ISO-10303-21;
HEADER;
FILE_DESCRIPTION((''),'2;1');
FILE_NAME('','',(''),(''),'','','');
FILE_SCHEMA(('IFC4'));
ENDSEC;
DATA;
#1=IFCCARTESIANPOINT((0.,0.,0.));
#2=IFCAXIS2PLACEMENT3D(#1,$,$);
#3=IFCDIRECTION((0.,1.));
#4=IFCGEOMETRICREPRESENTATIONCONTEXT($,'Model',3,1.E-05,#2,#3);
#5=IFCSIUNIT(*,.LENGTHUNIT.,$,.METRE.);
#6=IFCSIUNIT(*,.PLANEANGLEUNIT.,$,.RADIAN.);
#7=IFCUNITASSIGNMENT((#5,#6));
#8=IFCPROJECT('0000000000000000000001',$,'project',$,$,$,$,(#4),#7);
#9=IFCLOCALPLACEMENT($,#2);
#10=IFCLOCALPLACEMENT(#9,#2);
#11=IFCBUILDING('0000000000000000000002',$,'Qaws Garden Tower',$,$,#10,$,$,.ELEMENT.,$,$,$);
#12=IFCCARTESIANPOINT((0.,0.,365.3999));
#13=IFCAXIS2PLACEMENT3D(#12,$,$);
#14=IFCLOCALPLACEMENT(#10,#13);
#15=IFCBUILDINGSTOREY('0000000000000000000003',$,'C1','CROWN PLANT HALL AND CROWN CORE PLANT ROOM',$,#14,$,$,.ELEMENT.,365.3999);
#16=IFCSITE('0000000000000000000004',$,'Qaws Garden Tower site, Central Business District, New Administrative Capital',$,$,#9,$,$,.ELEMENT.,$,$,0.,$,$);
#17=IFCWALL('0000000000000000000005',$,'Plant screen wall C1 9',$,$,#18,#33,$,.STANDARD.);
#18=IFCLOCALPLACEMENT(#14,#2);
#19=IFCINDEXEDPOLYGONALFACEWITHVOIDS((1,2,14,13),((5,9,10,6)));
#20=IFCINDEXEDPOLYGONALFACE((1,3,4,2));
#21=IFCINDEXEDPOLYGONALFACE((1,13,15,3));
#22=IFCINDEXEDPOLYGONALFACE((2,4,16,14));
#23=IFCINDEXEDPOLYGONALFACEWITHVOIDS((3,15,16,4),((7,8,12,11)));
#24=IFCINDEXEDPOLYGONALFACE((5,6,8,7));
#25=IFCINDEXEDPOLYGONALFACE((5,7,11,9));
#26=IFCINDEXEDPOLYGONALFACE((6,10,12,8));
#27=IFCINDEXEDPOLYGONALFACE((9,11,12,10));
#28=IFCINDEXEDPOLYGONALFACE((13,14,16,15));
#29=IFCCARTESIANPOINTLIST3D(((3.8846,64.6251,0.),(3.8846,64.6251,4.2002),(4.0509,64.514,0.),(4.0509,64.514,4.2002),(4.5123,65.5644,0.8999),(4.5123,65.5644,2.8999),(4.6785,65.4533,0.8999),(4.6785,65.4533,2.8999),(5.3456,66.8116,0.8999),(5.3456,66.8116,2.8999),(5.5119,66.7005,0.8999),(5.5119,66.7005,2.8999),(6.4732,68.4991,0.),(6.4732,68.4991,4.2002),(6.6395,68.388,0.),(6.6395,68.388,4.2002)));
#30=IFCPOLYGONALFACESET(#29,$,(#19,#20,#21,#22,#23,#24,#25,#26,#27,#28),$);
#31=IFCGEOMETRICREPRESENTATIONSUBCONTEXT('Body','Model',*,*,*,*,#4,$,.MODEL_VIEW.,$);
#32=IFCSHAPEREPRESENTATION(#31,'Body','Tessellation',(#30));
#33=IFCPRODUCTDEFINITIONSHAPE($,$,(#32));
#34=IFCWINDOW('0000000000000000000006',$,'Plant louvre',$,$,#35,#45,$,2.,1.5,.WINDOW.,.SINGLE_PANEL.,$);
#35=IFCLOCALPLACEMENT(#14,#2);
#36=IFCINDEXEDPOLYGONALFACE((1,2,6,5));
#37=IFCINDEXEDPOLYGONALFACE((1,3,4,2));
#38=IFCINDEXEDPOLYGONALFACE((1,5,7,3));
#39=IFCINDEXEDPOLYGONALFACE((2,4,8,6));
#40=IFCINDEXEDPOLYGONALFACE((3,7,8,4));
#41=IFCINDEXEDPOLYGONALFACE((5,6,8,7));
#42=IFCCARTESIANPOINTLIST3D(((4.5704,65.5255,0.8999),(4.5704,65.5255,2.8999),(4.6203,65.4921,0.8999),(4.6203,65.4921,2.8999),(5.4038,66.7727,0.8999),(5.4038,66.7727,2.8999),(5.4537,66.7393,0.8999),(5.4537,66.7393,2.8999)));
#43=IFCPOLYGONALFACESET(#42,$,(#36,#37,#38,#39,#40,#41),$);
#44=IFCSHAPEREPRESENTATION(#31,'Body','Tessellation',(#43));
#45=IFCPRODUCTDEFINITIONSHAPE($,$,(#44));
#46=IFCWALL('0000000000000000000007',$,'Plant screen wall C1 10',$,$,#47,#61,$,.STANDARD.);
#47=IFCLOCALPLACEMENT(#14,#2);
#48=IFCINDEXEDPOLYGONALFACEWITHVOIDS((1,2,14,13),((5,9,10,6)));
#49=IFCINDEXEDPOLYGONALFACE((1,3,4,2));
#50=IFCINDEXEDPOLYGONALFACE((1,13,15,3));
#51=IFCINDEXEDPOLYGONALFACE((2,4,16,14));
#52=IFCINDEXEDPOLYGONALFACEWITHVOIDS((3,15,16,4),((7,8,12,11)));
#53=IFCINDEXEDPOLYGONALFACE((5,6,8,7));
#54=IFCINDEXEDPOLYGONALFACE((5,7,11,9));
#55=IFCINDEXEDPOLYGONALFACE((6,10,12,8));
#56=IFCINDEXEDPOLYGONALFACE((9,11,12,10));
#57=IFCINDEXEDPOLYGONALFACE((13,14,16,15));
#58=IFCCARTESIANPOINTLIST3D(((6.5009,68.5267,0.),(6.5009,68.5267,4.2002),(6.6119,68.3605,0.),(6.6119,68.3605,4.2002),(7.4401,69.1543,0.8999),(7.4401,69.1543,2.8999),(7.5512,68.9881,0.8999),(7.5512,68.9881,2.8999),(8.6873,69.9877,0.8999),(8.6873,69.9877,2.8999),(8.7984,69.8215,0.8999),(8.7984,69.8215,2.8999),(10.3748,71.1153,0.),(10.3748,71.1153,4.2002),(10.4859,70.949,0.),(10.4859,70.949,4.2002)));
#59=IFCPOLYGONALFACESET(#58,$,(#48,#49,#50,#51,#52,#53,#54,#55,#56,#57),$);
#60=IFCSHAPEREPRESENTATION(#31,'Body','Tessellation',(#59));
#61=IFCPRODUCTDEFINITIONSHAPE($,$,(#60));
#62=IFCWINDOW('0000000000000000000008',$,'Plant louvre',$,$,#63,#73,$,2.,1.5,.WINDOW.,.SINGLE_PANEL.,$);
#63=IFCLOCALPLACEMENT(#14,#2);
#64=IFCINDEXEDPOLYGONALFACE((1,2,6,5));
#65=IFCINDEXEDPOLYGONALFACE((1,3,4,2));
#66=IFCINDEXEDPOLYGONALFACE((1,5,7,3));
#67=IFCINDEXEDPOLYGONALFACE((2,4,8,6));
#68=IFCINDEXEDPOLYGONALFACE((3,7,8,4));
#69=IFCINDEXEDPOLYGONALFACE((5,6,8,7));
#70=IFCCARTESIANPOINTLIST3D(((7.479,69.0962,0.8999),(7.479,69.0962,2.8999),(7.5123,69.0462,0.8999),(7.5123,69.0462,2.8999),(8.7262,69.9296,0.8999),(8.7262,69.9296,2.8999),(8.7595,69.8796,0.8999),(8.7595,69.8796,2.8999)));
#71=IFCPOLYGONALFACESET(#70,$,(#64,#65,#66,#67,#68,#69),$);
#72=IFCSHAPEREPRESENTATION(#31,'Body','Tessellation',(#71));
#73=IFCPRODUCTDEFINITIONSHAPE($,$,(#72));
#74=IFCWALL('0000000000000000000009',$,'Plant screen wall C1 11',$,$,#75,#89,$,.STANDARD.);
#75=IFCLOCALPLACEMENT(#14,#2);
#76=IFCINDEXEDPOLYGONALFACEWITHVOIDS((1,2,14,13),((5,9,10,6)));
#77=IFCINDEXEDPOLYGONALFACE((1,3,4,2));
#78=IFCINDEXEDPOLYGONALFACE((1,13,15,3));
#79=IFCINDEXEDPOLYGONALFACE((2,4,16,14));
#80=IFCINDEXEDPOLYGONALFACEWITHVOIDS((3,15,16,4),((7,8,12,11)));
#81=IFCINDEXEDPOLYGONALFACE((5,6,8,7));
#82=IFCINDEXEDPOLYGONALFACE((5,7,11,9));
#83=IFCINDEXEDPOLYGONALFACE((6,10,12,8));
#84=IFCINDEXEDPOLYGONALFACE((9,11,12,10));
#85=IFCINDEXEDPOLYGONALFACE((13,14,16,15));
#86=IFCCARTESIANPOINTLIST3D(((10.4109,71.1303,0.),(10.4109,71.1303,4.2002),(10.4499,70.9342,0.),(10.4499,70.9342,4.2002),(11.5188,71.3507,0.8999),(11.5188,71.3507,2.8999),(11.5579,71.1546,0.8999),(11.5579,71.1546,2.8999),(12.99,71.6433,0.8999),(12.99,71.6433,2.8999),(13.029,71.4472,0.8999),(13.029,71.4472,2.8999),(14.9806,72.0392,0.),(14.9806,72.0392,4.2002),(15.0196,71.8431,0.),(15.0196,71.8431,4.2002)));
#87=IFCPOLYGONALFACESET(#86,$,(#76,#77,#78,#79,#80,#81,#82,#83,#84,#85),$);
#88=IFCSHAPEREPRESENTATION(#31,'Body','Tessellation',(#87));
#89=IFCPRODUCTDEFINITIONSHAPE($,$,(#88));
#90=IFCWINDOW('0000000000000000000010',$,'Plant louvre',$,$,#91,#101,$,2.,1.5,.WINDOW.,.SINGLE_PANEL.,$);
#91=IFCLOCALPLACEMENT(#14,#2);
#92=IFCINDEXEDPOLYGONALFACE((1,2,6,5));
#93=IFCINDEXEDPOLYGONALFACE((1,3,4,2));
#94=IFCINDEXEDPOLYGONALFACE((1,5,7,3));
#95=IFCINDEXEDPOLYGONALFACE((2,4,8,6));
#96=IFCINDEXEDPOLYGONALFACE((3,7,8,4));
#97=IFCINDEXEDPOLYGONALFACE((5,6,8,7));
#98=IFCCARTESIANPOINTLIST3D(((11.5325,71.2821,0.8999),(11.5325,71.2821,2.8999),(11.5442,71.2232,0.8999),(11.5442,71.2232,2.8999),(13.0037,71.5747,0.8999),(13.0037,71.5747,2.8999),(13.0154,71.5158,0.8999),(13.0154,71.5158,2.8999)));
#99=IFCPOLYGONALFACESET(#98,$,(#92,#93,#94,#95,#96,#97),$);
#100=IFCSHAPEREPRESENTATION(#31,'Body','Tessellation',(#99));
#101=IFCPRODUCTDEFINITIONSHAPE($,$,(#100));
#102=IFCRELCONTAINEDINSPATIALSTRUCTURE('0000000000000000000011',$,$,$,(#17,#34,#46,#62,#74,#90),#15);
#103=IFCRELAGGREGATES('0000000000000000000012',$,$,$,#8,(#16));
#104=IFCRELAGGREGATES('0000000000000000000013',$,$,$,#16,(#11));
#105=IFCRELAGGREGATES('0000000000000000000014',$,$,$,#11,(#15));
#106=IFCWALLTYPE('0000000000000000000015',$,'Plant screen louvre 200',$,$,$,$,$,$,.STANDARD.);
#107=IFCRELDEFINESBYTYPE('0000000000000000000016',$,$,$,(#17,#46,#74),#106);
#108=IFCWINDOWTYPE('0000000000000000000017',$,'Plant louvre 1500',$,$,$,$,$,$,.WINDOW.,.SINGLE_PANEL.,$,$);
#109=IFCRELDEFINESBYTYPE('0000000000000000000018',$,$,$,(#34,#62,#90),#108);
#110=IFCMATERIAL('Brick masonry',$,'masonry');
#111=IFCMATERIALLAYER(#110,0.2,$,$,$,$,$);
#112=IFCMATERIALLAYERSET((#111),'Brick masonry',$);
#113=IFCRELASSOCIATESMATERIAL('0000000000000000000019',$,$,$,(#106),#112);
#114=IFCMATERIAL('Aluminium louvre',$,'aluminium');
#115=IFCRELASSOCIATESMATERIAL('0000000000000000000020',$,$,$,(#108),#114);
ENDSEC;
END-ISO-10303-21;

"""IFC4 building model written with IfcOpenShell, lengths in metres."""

from ifc_helpers import new_model, si_unit, direction, frame, frame_2d, origin, place, context, subcontext, project, spatial, rectangle, extrude, material, layer, layer_set, type_object, element, fill, save


model = new_model("IFC4")

# Units and contexts
model_context = context("Model", 3, precision=1e-05, world=origin(), true_north=direction((0.0, 1.0)))
body_context = subcontext(model_context, "Body", "Model", "MODEL_VIEW")
ifc_project = project(units=[si_unit("LENGTHUNIT", "METRE"), si_unit("PLANEANGLEUNIT", "RADIAN")], contexts=[model_context])

# Site, building, storey
site_placement = place(None, origin())
site = spatial("IfcSite", under=ifc_project, at=site_placement, Name="Qaws Garden Tower site, Central Business District, New Administrative Capital", CompositionType="ELEMENT", RefElevation=0.0)
building_placement = place(site_placement, origin())
building = spatial("IfcBuilding", under=site, at=building_placement, Name="Qaws Garden Tower", CompositionType="ELEMENT")
storey_placement = place(building_placement, frame((0.0, 0.0, 365.3999)))
storey = spatial("IfcBuildingStorey", under=building, at=storey_placement, Name="C1", Description="CROWN PLANT HALL AND CROWN CORE PLANT ROOM", CompositionType="ELEMENT", Elevation=365.3999)

# Walls, openings, windows
ifc_material_1 = material(Name="Brick masonry", Category="masonry")
ifc_layer_1 = layer(ifc_material_1, 0.2)
ifc_layer_set_1 = layer_set([ifc_layer_1], Name="Brick masonry")
wall_type_1 = type_object("IfcWallType", Name="Plant screen louvre 200", PredefinedType="STANDARD", material=ifc_layer_set_1)
wall_1_placement = place(storey_placement, frame((3.9678, 64.5696, 0.0), z_axis=(0.0, 0.0, 1.0), x_axis=(0.555583, 0.831461, 0.0)))
wall_1 = element("IfcWall", 1, at=wall_1_placement, inside=storey, type_object=wall_type_1, Name="Plant screen wall C1 9", PredefinedType="STANDARD", context=body_context, shape_type="SweptSolid", body=[
    extrude(rectangle(XDim=4.6592, YDim=0.2, at=frame_2d((2.3296, 0.0))), origin(), (0.0, 0.0, 1.0), 4.2002),
])
opening_1_placement = place(wall_1_placement, frame((1.1296, 0.0, 0.8999)))
opening_1 = element("IfcOpeningElement", 2, at=opening_1_placement, cuts=wall_1, PredefinedType="OPENING", context=body_context, shape_type="SweptSolid", body=[
    extrude(rectangle(XDim=1.5, YDim=2.0, at=frame_2d((0.75, 1.0))), frame((0.0, 0.1099, 0.0), z_axis=(0.0, -1.0, 0.0), x_axis=(1.0, 0.0, 0.0)), (0.0, 0.0, 1.0), 0.22),
])
ifc_material_2 = material(Name="Aluminium louvre", Category="aluminium")
window_type = type_object("IfcWindowType", Name="Plant louvre 1500", PartitioningType="SINGLE_PANEL", PredefinedType="WINDOW", material=ifc_material_2)
window_1_placement = place(opening_1_placement, origin())
window_1 = element("IfcWindow", 3, at=window_1_placement, inside=storey, type_object=window_type, Name="Plant louvre", OverallHeight=2.0, OverallWidth=1.5, PartitioningType="SINGLE_PANEL", PredefinedType="WINDOW", context=body_context, shape_type="SweptSolid", body=[
    extrude(rectangle(XDim=1.5, YDim=2.0, at=frame_2d((0.75, 1.0))), frame((0.0, 0.03, 0.0), z_axis=(0.0, -1.0, 0.0), x_axis=(1.0, 0.0, 0.0)), (0.0, 0.0, 1.0), 0.0601),
])
fill(opening_1, window_1)
wall_2_placement = place(storey_placement, frame((6.5564, 68.4436, 0.0), z_axis=(0.0, 0.0, 1.0), x_axis=(0.831461, 0.555583, 0.0)))
wall_2 = element("IfcWall", 4, at=wall_2_placement, inside=storey, type_object=wall_type_1, Name="Plant screen wall C1 10", PredefinedType="STANDARD", context=body_context, shape_type="SweptSolid", body=[
    extrude(rectangle(XDim=4.6592, YDim=0.2, at=frame_2d((2.3296, 0.0))), origin(), (0.0, 0.0, 1.0), 4.2002),
])
opening_2_placement = place(wall_2_placement, frame((1.1296, 0.0, 0.8999)))
opening_2 = element("IfcOpeningElement", 5, at=opening_2_placement, cuts=wall_2, PredefinedType="OPENING", context=body_context, shape_type="SweptSolid", body=[
    extrude(rectangle(XDim=1.5, YDim=2.0, at=frame_2d((0.75, 1.0))), frame((0.0, 0.1099, 0.0), z_axis=(0.0, -1.0, 0.0), x_axis=(1.0, 0.0, 0.0)), (0.0, 0.0, 1.0), 0.22),
])
window_2_placement = place(opening_2_placement, origin())
window_2 = element("IfcWindow", 6, at=window_2_placement, inside=storey, type_object=window_type, Name="Plant louvre", OverallHeight=2.0, OverallWidth=1.5, PartitioningType="SINGLE_PANEL", PredefinedType="WINDOW", context=body_context, shape_type="SweptSolid", body=[
    extrude(rectangle(XDim=1.5, YDim=2.0, at=frame_2d((0.75, 1.0))), frame((0.0, 0.03, 0.0), z_axis=(0.0, -1.0, 0.0), x_axis=(1.0, 0.0, 0.0)), (0.0, 0.0, 1.0), 0.0601),
])
fill(opening_2, window_2)
wall_3_placement = place(storey_placement, frame((10.4304, 71.0322, 0.0), z_axis=(0.0, 0.0, 1.0), x_axis=(0.980786, 0.195088, 0.0)))
wall_3 = element("IfcWall", 7, at=wall_3_placement, inside=storey, type_object=wall_type_1, Name="Plant screen wall C1 11", PredefinedType="STANDARD", context=body_context, shape_type="SweptSolid", body=[
    extrude(rectangle(XDim=4.6592, YDim=0.2, at=frame_2d((2.3296, 0.0))), origin(), (0.0, 0.0, 1.0), 4.2002),
])
opening_3_placement = place(wall_3_placement, frame((1.1296, 0.0, 0.8999)))
opening_3 = element("IfcOpeningElement", 8, at=opening_3_placement, cuts=wall_3, PredefinedType="OPENING", context=body_context, shape_type="SweptSolid", body=[
    extrude(rectangle(XDim=1.5, YDim=2.0, at=frame_2d((0.75, 1.0))), frame((0.0, 0.1099, 0.0), z_axis=(0.0, -1.0, 0.0), x_axis=(1.0, 0.0, 0.0)), (0.0, 0.0, 1.0), 0.22),
])
window_3_placement = place(opening_3_placement, origin())
window_3 = element("IfcWindow", 9, at=window_3_placement, inside=storey, type_object=window_type, Name="Plant louvre", OverallHeight=2.0, OverallWidth=1.5, PartitioningType="SINGLE_PANEL", PredefinedType="WINDOW", context=body_context, shape_type="SweptSolid", body=[
    extrude(rectangle(XDim=1.5, YDim=2.0, at=frame_2d((0.75, 1.0))), frame((0.0, 0.03, 0.0), z_axis=(0.0, -1.0, 0.0), x_axis=(1.0, 0.0, 0.0)), (0.0, 0.0, 1.0), 0.0601),
])
fill(opening_3, window_3)

save(model, "model.ifc")
